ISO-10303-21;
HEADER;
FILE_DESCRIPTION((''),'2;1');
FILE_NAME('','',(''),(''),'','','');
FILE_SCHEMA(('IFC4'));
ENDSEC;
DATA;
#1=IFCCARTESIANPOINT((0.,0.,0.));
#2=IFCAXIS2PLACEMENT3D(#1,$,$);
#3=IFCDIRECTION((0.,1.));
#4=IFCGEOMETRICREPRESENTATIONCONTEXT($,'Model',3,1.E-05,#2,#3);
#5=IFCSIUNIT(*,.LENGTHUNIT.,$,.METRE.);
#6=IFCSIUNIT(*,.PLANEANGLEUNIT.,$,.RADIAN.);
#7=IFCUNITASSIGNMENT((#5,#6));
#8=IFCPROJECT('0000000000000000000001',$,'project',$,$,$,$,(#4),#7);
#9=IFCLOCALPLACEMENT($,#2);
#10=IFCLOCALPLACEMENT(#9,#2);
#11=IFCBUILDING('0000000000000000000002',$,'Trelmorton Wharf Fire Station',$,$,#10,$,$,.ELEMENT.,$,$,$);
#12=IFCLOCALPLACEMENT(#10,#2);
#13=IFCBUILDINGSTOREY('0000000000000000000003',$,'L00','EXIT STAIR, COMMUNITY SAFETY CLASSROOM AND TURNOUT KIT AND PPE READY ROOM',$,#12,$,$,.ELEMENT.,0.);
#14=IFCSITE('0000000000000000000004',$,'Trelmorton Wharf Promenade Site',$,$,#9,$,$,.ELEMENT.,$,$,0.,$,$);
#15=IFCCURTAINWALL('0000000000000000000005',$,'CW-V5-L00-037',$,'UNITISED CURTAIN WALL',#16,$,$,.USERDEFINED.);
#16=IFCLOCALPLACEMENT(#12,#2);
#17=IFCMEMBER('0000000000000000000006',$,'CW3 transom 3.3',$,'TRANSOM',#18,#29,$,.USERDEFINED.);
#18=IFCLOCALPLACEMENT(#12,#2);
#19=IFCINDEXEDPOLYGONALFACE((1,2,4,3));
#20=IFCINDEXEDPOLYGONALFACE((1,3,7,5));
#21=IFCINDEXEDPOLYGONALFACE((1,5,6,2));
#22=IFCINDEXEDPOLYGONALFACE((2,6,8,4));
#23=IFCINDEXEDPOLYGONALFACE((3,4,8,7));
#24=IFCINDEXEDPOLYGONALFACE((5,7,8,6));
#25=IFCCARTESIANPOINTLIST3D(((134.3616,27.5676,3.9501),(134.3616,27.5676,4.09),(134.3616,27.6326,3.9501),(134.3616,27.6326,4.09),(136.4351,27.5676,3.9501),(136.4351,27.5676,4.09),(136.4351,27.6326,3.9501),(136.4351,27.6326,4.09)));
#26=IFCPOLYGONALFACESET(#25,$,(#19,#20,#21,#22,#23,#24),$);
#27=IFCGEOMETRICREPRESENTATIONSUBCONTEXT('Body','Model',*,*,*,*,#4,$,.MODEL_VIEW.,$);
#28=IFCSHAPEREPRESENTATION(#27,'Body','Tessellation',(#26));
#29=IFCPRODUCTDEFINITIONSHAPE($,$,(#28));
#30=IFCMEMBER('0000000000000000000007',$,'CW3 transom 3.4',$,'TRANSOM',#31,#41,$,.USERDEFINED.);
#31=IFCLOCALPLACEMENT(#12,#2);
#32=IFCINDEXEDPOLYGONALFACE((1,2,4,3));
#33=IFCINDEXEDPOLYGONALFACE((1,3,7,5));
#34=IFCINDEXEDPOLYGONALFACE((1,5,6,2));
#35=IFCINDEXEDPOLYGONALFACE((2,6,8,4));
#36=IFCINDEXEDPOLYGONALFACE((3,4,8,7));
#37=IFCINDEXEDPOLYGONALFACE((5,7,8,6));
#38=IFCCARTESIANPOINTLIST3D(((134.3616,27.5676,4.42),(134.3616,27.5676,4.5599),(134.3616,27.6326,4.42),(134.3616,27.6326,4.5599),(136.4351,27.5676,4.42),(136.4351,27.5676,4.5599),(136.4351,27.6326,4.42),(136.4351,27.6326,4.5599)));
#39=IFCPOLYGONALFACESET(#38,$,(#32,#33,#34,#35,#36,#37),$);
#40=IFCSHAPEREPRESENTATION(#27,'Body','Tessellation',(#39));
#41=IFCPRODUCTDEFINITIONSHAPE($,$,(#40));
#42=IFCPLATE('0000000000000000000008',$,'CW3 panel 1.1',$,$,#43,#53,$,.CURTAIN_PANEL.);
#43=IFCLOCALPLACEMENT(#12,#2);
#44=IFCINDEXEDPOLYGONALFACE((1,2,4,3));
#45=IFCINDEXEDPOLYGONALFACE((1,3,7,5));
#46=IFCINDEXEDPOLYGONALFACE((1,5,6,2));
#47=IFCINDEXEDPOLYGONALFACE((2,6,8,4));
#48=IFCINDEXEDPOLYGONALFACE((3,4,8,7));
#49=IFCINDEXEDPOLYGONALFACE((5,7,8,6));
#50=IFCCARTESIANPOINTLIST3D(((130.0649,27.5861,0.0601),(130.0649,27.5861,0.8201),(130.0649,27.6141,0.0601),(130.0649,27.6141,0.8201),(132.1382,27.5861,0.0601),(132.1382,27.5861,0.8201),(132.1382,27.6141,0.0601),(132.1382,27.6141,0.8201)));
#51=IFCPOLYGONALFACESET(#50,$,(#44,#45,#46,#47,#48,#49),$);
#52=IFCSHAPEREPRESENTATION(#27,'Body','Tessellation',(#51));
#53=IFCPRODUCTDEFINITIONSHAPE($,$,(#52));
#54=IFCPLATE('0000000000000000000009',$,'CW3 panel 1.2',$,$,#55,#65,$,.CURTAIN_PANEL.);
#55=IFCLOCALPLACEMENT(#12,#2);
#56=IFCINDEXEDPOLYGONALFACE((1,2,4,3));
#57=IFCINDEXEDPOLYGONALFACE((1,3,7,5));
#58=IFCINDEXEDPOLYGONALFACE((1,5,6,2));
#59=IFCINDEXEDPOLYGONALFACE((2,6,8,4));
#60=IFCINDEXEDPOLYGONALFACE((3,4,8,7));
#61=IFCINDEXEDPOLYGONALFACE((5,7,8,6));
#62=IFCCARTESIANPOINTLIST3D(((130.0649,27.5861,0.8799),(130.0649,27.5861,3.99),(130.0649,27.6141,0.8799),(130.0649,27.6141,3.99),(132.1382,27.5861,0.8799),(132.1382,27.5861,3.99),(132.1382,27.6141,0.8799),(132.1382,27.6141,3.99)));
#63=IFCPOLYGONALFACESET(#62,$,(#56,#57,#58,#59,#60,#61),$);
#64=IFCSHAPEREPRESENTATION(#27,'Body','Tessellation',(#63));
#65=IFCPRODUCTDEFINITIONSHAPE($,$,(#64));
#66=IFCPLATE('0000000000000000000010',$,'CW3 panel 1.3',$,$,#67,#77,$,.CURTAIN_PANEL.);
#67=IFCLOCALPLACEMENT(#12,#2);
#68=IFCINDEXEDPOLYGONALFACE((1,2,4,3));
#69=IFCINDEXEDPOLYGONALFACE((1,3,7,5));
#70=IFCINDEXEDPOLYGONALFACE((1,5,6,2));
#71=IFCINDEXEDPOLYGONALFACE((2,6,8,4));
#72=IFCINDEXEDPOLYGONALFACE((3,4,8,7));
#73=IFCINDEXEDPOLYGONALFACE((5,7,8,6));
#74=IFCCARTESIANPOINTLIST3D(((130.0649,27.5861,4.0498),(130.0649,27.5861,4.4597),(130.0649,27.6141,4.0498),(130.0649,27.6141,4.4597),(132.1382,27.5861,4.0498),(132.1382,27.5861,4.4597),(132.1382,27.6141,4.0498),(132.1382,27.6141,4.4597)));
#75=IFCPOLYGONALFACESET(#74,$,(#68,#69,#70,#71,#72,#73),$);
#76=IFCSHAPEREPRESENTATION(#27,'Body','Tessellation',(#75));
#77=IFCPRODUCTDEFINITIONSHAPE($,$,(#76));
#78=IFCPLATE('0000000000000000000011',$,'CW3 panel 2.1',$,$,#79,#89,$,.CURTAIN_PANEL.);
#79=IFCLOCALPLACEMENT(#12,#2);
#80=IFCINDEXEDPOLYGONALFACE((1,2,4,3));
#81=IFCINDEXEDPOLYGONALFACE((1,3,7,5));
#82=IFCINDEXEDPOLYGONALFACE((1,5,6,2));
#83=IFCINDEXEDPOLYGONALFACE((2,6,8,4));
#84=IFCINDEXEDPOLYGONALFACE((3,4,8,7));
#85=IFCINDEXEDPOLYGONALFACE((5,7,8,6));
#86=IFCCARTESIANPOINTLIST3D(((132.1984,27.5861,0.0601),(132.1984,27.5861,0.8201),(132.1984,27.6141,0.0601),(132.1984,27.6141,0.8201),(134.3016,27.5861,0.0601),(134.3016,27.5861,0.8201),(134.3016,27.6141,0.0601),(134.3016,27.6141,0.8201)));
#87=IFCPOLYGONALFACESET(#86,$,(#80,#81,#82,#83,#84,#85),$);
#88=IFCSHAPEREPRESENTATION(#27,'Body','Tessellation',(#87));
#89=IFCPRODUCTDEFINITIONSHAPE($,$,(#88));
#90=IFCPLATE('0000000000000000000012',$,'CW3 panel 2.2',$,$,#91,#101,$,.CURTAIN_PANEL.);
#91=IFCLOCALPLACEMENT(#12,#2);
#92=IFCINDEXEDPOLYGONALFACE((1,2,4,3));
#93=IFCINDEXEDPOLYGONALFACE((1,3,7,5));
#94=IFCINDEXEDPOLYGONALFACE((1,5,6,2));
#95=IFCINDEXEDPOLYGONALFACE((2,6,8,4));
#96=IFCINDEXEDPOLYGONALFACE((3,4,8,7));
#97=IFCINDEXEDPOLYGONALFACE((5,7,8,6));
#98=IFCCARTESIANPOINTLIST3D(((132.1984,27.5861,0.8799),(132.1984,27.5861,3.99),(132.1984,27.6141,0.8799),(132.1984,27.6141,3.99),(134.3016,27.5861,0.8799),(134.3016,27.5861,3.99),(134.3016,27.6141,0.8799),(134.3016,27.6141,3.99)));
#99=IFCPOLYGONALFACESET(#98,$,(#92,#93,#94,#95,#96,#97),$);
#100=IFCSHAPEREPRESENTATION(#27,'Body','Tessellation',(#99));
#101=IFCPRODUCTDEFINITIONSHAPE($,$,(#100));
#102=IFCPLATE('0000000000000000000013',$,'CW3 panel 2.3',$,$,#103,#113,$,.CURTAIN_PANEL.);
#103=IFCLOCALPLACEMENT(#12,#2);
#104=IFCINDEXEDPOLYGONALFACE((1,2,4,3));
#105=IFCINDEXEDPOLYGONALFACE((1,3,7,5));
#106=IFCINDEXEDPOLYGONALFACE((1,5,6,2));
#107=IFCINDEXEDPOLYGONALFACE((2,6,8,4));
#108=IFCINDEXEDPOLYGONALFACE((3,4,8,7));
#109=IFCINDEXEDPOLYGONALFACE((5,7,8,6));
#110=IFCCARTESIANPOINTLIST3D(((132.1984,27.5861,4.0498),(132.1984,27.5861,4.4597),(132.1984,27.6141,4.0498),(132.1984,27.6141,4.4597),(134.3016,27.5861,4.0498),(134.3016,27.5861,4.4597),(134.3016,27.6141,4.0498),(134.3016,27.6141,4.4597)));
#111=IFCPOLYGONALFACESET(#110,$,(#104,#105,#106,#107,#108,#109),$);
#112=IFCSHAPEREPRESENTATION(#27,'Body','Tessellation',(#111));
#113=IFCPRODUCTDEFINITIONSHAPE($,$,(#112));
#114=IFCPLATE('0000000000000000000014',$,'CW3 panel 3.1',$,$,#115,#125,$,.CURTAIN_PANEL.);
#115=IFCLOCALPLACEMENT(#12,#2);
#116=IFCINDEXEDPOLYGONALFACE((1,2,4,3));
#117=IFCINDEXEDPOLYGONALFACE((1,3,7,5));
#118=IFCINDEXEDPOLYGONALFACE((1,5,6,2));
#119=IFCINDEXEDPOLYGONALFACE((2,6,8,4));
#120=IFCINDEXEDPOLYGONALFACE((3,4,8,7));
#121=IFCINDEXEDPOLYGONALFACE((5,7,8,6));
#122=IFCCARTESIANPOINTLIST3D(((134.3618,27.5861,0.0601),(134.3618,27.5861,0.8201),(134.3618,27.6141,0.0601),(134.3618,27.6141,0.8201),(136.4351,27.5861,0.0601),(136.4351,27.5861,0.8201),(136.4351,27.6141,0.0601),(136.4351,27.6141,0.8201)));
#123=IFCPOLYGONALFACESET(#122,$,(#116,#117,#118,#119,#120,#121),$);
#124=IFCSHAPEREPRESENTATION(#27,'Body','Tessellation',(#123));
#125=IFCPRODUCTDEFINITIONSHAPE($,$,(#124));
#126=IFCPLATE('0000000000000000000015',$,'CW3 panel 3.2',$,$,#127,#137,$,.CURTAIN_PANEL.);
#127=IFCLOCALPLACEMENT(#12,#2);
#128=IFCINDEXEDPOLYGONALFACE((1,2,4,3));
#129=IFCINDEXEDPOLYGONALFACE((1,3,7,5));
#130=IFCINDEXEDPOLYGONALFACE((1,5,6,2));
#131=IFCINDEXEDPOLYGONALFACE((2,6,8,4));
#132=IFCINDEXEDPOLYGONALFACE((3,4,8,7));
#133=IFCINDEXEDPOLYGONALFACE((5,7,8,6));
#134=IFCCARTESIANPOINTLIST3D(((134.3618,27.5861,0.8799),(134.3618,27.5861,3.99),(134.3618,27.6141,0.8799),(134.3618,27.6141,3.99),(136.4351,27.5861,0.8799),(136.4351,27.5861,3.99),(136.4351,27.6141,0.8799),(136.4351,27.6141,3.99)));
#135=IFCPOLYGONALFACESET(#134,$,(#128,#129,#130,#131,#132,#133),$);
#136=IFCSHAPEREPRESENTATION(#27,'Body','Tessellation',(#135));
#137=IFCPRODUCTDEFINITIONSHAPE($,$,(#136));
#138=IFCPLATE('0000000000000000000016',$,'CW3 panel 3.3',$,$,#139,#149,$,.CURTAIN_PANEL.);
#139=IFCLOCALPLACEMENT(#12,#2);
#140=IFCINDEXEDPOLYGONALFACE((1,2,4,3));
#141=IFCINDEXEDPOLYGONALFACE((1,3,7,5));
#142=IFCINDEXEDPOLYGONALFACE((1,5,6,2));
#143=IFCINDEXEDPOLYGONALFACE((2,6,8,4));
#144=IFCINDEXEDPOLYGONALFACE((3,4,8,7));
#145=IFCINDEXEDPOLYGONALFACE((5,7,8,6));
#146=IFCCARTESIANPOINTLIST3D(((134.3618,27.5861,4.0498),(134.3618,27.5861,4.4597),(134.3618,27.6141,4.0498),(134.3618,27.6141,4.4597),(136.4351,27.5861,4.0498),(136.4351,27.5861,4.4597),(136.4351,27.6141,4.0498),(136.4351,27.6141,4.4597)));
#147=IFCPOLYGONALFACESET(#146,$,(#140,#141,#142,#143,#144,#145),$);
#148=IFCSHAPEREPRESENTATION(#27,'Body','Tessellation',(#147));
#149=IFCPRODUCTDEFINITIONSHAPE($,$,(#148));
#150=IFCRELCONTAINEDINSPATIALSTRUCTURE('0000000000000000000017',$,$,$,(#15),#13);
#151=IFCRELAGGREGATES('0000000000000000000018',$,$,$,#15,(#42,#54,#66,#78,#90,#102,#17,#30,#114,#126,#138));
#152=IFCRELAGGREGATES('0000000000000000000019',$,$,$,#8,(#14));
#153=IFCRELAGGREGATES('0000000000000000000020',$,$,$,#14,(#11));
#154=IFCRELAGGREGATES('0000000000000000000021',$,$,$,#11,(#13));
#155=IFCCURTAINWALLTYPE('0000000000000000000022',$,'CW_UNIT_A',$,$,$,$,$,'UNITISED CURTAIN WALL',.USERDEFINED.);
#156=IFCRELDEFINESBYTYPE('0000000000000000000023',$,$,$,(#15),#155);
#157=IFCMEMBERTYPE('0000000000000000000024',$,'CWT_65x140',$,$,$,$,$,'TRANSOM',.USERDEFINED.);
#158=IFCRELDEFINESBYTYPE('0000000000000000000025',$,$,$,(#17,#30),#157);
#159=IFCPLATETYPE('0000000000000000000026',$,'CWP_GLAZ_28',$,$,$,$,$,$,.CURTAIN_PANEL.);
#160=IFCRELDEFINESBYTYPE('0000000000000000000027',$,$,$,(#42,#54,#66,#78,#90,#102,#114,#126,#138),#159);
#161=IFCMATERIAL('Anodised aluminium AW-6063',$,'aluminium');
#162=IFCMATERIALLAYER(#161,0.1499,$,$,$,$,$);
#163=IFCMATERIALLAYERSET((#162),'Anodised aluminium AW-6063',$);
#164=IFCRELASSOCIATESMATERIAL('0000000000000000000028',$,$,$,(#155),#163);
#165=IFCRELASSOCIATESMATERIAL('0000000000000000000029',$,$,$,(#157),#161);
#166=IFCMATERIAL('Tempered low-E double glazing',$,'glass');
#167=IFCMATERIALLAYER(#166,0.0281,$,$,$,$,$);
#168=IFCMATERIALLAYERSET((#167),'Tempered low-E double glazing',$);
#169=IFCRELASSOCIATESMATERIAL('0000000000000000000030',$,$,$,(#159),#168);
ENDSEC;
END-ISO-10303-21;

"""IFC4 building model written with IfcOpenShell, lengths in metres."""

from ifc_helpers import new_model, si_unit, direction, frame, origin, origin_2d, place, context, subcontext, project, spatial, rectangle, extrude, material, layer, layer_set, material_profile, profile_set, type_object, element, aggregate, save


model = new_model("IFC4")

# Units and contexts
model_context = context("Model", 3, precision=1e-05, world=origin(), true_north=direction((0.0, 1.0)))
body_context = subcontext(model_context, "Body", "Model", "MODEL_VIEW")
ifc_project = project(units=[si_unit("LENGTHUNIT", "METRE"), si_unit("PLANEANGLEUNIT", "RADIAN")], contexts=[model_context])

# Site, building, storey
site_placement = place(None, origin())
site = spatial("IfcSite", under=ifc_project, at=site_placement, Name="Trelmorton Wharf Promenade Site", CompositionType="ELEMENT", RefElevation=0.0)
building_placement = place(site_placement, origin())
building = spatial("IfcBuilding", under=site, at=building_placement, Name="Trelmorton Wharf Fire Station", CompositionType="ELEMENT")
storey_placement = place(building_placement, origin())
storey = spatial("IfcBuildingStorey", under=building, at=storey_placement, Name="L00", Description="EXIT STAIR, COMMUNITY SAFETY CLASSROOM AND TURNOUT KIT AND PPE READY ROOM", CompositionType="ELEMENT", Elevation=0.0)

# Curtain wall, members, plates
ifc_material_1 = material(Name="Anodised aluminium AW-6063", Category="aluminium")
ifc_layer_1 = layer(ifc_material_1, 0.1499)
ifc_layer_set_1 = layer_set([ifc_layer_1], Name="Anodised aluminium AW-6063")
curtain_wall_type = type_object("IfcCurtainWallType", Name="CW_UNIT_A", ElementType="UNITISED CURTAIN WALL", PredefinedType="USERDEFINED", material=ifc_layer_set_1)
curtain_wall_placement = place(storey_placement, origin())
curtain_wall = element("IfcCurtainWall", 1, at=curtain_wall_placement, inside=storey, type_object=curtain_wall_type, Name="CW-V5-L00-037", ObjectType="UNITISED CURTAIN WALL", PredefinedType="USERDEFINED")
ifc_material_profile_1 = material_profile(ifc_material_1, rectangle(XDim=0.0649, YDim=0.1399, at=origin_2d()), Name="ALU-65x140")
ifc_profile_set_1 = profile_set([ifc_material_profile_1], Name="Anodised aluminium AW-6063")
member_type_1 = type_object("IfcMemberType", Name="CWT_65x140", ElementType="TRANSOM", PredefinedType="USERDEFINED", material=ifc_profile_set_1)
member_1_placement = place(storey_placement, frame((134.3616, 27.6001, 4.02), z_axis=(1.0, 0.0, 0.0), x_axis=(0.0, 1.0, 0.0)))
member_1 = element("IfcMember", 2, at=member_1_placement, type_object=member_type_1, Name="CW3 transom 3.3", ObjectType="TRANSOM", PredefinedType="USERDEFINED", context=body_context, shape_type="SweptSolid", body=[
    extrude(rectangle(XDim=0.0649, YDim=0.1399, at=origin_2d()), origin(), (0.0, 0.0, 1.0), 2.0735),
])
member_2_placement = place(storey_placement, frame((134.3616, 27.6001, 4.49), z_axis=(1.0, 0.0, 0.0), x_axis=(0.0, 1.0, 0.0)))
member_2 = element("IfcMember", 3, at=member_2_placement, type_object=member_type_1, Name="CW3 transom 3.4", ObjectType="TRANSOM", PredefinedType="USERDEFINED", context=body_context, shape_type="SweptSolid", body=[
    extrude(rectangle(XDim=0.0649, YDim=0.1399, at=origin_2d()), origin(), (0.0, 0.0, 1.0), 2.0735),
])
ifc_material_2 = material(Name="Tempered low-E double glazing", Category="glass")
ifc_layer_2 = layer(ifc_material_2, 0.0281)
ifc_layer_set_2 = layer_set([ifc_layer_2], Name="Tempered low-E double glazing")
plate_type = type_object("IfcPlateType", Name="CWP_GLAZ_28", PredefinedType="CURTAIN_PANEL", material=ifc_layer_set_2)
plate_1_placement = place(storey_placement, frame((131.1016, 27.6001, 0.0601), z_axis=(0.0, 0.0, 1.0), x_axis=(1.0, 0.0, 0.0)))
plate_1 = element("IfcPlate", 4, at=plate_1_placement, type_object=plate_type, Name="CW3 panel 1.1", PredefinedType="CURTAIN_PANEL", context=body_context, shape_type="SweptSolid", body=[
    extrude(rectangle(XDim=2.0732, YDim=0.0281, at=origin_2d()), origin(), (0.0, 0.0, 1.0), 0.76),
])
plate_2_placement = place(storey_placement, frame((131.1016, 27.6001, 0.8799), z_axis=(0.0, 0.0, 1.0), x_axis=(1.0, 0.0, 0.0)))
plate_2 = element("IfcPlate", 5, at=plate_2_placement, type_object=plate_type, Name="CW3 panel 1.2", PredefinedType="CURTAIN_PANEL", context=body_context, shape_type="SweptSolid", body=[
    extrude(rectangle(XDim=2.0732, YDim=0.0281, at=origin_2d()), origin(), (0.0, 0.0, 1.0), 3.1101),
])
plate_3_placement = place(storey_placement, frame((131.1016, 27.6001, 4.0498), z_axis=(0.0, 0.0, 1.0), x_axis=(1.0, 0.0, 0.0)))
plate_3 = element("IfcPlate", 6, at=plate_3_placement, type_object=plate_type, Name="CW3 panel 1.3", PredefinedType="CURTAIN_PANEL", context=body_context, shape_type="SweptSolid", body=[
    extrude(rectangle(XDim=2.0732, YDim=0.0281, at=origin_2d()), origin(), (0.0, 0.0, 1.0), 0.4099),
])
plate_4_placement = place(storey_placement, frame((133.25, 27.6001, 0.0601), z_axis=(0.0, 0.0, 1.0), x_axis=(1.0, 0.0, 0.0)))
plate_4 = element("IfcPlate", 7, at=plate_4_placement, type_object=plate_type, Name="CW3 panel 2.1", PredefinedType="CURTAIN_PANEL", context=body_context, shape_type="SweptSolid", body=[
    extrude(rectangle(XDim=2.1033, YDim=0.0281, at=origin_2d()), origin(), (0.0, 0.0, 1.0), 0.76),
])
plate_5_placement = place(storey_placement, frame((133.25, 27.6001, 0.8799), z_axis=(0.0, 0.0, 1.0), x_axis=(1.0, 0.0, 0.0)))
plate_5 = element("IfcPlate", 8, at=plate_5_placement, type_object=plate_type, Name="CW3 panel 2.2", PredefinedType="CURTAIN_PANEL", context=body_context, shape_type="SweptSolid", body=[
    extrude(rectangle(XDim=2.1033, YDim=0.0281, at=origin_2d()), origin(), (0.0, 0.0, 1.0), 3.1101),
])
plate_6_placement = place(storey_placement, frame((133.25, 27.6001, 4.0498), z_axis=(0.0, 0.0, 1.0), x_axis=(1.0, 0.0, 0.0)))
plate_6 = element("IfcPlate", 9, at=plate_6_placement, type_object=plate_type, Name="CW3 panel 2.3", PredefinedType="CURTAIN_PANEL", context=body_context, shape_type="SweptSolid", body=[
    extrude(rectangle(XDim=2.1033, YDim=0.0281, at=origin_2d()), origin(), (0.0, 0.0, 1.0), 0.4099),
])
plate_7_placement = place(storey_placement, frame((135.3984, 27.6001, 0.0601), z_axis=(0.0, 0.0, 1.0), x_axis=(1.0, 0.0, 0.0)))
plate_7 = element("IfcPlate", 10, at=plate_7_placement, type_object=plate_type, Name="CW3 panel 3.1", PredefinedType="CURTAIN_PANEL", context=body_context, shape_type="SweptSolid", body=[
    extrude(rectangle(XDim=2.0732, YDim=0.0281, at=origin_2d()), origin(), (0.0, 0.0, 1.0), 0.76),
])
plate_8_placement = place(storey_placement, frame((135.3984, 27.6001, 0.8799), z_axis=(0.0, 0.0, 1.0), x_axis=(1.0, 0.0, 0.0)))
plate_8 = element("IfcPlate", 11, at=plate_8_placement, type_object=plate_type, Name="CW3 panel 3.2", PredefinedType="CURTAIN_PANEL", context=body_context, shape_type="SweptSolid", body=[
    extrude(rectangle(XDim=2.0732, YDim=0.0281, at=origin_2d()), origin(), (0.0, 0.0, 1.0), 3.1101),
])
plate_9_placement = place(storey_placement, frame((135.3984, 27.6001, 4.0498), z_axis=(0.0, 0.0, 1.0), x_axis=(1.0, 0.0, 0.0)))
plate_9 = element("IfcPlate", 12, at=plate_9_placement, type_object=plate_type, Name="CW3 panel 3.3", PredefinedType="CURTAIN_PANEL", context=body_context, shape_type="SweptSolid", body=[
    extrude(rectangle(XDim=2.0732, YDim=0.0281, at=origin_2d()), origin(), (0.0, 0.0, 1.0), 0.4099),
])
aggregate(curtain_wall, [plate_1, plate_2, plate_3, plate_4, plate_5, plate_6, member_1, member_2, plate_7, plate_8, plate_9])

save(model, "model.ifc")
